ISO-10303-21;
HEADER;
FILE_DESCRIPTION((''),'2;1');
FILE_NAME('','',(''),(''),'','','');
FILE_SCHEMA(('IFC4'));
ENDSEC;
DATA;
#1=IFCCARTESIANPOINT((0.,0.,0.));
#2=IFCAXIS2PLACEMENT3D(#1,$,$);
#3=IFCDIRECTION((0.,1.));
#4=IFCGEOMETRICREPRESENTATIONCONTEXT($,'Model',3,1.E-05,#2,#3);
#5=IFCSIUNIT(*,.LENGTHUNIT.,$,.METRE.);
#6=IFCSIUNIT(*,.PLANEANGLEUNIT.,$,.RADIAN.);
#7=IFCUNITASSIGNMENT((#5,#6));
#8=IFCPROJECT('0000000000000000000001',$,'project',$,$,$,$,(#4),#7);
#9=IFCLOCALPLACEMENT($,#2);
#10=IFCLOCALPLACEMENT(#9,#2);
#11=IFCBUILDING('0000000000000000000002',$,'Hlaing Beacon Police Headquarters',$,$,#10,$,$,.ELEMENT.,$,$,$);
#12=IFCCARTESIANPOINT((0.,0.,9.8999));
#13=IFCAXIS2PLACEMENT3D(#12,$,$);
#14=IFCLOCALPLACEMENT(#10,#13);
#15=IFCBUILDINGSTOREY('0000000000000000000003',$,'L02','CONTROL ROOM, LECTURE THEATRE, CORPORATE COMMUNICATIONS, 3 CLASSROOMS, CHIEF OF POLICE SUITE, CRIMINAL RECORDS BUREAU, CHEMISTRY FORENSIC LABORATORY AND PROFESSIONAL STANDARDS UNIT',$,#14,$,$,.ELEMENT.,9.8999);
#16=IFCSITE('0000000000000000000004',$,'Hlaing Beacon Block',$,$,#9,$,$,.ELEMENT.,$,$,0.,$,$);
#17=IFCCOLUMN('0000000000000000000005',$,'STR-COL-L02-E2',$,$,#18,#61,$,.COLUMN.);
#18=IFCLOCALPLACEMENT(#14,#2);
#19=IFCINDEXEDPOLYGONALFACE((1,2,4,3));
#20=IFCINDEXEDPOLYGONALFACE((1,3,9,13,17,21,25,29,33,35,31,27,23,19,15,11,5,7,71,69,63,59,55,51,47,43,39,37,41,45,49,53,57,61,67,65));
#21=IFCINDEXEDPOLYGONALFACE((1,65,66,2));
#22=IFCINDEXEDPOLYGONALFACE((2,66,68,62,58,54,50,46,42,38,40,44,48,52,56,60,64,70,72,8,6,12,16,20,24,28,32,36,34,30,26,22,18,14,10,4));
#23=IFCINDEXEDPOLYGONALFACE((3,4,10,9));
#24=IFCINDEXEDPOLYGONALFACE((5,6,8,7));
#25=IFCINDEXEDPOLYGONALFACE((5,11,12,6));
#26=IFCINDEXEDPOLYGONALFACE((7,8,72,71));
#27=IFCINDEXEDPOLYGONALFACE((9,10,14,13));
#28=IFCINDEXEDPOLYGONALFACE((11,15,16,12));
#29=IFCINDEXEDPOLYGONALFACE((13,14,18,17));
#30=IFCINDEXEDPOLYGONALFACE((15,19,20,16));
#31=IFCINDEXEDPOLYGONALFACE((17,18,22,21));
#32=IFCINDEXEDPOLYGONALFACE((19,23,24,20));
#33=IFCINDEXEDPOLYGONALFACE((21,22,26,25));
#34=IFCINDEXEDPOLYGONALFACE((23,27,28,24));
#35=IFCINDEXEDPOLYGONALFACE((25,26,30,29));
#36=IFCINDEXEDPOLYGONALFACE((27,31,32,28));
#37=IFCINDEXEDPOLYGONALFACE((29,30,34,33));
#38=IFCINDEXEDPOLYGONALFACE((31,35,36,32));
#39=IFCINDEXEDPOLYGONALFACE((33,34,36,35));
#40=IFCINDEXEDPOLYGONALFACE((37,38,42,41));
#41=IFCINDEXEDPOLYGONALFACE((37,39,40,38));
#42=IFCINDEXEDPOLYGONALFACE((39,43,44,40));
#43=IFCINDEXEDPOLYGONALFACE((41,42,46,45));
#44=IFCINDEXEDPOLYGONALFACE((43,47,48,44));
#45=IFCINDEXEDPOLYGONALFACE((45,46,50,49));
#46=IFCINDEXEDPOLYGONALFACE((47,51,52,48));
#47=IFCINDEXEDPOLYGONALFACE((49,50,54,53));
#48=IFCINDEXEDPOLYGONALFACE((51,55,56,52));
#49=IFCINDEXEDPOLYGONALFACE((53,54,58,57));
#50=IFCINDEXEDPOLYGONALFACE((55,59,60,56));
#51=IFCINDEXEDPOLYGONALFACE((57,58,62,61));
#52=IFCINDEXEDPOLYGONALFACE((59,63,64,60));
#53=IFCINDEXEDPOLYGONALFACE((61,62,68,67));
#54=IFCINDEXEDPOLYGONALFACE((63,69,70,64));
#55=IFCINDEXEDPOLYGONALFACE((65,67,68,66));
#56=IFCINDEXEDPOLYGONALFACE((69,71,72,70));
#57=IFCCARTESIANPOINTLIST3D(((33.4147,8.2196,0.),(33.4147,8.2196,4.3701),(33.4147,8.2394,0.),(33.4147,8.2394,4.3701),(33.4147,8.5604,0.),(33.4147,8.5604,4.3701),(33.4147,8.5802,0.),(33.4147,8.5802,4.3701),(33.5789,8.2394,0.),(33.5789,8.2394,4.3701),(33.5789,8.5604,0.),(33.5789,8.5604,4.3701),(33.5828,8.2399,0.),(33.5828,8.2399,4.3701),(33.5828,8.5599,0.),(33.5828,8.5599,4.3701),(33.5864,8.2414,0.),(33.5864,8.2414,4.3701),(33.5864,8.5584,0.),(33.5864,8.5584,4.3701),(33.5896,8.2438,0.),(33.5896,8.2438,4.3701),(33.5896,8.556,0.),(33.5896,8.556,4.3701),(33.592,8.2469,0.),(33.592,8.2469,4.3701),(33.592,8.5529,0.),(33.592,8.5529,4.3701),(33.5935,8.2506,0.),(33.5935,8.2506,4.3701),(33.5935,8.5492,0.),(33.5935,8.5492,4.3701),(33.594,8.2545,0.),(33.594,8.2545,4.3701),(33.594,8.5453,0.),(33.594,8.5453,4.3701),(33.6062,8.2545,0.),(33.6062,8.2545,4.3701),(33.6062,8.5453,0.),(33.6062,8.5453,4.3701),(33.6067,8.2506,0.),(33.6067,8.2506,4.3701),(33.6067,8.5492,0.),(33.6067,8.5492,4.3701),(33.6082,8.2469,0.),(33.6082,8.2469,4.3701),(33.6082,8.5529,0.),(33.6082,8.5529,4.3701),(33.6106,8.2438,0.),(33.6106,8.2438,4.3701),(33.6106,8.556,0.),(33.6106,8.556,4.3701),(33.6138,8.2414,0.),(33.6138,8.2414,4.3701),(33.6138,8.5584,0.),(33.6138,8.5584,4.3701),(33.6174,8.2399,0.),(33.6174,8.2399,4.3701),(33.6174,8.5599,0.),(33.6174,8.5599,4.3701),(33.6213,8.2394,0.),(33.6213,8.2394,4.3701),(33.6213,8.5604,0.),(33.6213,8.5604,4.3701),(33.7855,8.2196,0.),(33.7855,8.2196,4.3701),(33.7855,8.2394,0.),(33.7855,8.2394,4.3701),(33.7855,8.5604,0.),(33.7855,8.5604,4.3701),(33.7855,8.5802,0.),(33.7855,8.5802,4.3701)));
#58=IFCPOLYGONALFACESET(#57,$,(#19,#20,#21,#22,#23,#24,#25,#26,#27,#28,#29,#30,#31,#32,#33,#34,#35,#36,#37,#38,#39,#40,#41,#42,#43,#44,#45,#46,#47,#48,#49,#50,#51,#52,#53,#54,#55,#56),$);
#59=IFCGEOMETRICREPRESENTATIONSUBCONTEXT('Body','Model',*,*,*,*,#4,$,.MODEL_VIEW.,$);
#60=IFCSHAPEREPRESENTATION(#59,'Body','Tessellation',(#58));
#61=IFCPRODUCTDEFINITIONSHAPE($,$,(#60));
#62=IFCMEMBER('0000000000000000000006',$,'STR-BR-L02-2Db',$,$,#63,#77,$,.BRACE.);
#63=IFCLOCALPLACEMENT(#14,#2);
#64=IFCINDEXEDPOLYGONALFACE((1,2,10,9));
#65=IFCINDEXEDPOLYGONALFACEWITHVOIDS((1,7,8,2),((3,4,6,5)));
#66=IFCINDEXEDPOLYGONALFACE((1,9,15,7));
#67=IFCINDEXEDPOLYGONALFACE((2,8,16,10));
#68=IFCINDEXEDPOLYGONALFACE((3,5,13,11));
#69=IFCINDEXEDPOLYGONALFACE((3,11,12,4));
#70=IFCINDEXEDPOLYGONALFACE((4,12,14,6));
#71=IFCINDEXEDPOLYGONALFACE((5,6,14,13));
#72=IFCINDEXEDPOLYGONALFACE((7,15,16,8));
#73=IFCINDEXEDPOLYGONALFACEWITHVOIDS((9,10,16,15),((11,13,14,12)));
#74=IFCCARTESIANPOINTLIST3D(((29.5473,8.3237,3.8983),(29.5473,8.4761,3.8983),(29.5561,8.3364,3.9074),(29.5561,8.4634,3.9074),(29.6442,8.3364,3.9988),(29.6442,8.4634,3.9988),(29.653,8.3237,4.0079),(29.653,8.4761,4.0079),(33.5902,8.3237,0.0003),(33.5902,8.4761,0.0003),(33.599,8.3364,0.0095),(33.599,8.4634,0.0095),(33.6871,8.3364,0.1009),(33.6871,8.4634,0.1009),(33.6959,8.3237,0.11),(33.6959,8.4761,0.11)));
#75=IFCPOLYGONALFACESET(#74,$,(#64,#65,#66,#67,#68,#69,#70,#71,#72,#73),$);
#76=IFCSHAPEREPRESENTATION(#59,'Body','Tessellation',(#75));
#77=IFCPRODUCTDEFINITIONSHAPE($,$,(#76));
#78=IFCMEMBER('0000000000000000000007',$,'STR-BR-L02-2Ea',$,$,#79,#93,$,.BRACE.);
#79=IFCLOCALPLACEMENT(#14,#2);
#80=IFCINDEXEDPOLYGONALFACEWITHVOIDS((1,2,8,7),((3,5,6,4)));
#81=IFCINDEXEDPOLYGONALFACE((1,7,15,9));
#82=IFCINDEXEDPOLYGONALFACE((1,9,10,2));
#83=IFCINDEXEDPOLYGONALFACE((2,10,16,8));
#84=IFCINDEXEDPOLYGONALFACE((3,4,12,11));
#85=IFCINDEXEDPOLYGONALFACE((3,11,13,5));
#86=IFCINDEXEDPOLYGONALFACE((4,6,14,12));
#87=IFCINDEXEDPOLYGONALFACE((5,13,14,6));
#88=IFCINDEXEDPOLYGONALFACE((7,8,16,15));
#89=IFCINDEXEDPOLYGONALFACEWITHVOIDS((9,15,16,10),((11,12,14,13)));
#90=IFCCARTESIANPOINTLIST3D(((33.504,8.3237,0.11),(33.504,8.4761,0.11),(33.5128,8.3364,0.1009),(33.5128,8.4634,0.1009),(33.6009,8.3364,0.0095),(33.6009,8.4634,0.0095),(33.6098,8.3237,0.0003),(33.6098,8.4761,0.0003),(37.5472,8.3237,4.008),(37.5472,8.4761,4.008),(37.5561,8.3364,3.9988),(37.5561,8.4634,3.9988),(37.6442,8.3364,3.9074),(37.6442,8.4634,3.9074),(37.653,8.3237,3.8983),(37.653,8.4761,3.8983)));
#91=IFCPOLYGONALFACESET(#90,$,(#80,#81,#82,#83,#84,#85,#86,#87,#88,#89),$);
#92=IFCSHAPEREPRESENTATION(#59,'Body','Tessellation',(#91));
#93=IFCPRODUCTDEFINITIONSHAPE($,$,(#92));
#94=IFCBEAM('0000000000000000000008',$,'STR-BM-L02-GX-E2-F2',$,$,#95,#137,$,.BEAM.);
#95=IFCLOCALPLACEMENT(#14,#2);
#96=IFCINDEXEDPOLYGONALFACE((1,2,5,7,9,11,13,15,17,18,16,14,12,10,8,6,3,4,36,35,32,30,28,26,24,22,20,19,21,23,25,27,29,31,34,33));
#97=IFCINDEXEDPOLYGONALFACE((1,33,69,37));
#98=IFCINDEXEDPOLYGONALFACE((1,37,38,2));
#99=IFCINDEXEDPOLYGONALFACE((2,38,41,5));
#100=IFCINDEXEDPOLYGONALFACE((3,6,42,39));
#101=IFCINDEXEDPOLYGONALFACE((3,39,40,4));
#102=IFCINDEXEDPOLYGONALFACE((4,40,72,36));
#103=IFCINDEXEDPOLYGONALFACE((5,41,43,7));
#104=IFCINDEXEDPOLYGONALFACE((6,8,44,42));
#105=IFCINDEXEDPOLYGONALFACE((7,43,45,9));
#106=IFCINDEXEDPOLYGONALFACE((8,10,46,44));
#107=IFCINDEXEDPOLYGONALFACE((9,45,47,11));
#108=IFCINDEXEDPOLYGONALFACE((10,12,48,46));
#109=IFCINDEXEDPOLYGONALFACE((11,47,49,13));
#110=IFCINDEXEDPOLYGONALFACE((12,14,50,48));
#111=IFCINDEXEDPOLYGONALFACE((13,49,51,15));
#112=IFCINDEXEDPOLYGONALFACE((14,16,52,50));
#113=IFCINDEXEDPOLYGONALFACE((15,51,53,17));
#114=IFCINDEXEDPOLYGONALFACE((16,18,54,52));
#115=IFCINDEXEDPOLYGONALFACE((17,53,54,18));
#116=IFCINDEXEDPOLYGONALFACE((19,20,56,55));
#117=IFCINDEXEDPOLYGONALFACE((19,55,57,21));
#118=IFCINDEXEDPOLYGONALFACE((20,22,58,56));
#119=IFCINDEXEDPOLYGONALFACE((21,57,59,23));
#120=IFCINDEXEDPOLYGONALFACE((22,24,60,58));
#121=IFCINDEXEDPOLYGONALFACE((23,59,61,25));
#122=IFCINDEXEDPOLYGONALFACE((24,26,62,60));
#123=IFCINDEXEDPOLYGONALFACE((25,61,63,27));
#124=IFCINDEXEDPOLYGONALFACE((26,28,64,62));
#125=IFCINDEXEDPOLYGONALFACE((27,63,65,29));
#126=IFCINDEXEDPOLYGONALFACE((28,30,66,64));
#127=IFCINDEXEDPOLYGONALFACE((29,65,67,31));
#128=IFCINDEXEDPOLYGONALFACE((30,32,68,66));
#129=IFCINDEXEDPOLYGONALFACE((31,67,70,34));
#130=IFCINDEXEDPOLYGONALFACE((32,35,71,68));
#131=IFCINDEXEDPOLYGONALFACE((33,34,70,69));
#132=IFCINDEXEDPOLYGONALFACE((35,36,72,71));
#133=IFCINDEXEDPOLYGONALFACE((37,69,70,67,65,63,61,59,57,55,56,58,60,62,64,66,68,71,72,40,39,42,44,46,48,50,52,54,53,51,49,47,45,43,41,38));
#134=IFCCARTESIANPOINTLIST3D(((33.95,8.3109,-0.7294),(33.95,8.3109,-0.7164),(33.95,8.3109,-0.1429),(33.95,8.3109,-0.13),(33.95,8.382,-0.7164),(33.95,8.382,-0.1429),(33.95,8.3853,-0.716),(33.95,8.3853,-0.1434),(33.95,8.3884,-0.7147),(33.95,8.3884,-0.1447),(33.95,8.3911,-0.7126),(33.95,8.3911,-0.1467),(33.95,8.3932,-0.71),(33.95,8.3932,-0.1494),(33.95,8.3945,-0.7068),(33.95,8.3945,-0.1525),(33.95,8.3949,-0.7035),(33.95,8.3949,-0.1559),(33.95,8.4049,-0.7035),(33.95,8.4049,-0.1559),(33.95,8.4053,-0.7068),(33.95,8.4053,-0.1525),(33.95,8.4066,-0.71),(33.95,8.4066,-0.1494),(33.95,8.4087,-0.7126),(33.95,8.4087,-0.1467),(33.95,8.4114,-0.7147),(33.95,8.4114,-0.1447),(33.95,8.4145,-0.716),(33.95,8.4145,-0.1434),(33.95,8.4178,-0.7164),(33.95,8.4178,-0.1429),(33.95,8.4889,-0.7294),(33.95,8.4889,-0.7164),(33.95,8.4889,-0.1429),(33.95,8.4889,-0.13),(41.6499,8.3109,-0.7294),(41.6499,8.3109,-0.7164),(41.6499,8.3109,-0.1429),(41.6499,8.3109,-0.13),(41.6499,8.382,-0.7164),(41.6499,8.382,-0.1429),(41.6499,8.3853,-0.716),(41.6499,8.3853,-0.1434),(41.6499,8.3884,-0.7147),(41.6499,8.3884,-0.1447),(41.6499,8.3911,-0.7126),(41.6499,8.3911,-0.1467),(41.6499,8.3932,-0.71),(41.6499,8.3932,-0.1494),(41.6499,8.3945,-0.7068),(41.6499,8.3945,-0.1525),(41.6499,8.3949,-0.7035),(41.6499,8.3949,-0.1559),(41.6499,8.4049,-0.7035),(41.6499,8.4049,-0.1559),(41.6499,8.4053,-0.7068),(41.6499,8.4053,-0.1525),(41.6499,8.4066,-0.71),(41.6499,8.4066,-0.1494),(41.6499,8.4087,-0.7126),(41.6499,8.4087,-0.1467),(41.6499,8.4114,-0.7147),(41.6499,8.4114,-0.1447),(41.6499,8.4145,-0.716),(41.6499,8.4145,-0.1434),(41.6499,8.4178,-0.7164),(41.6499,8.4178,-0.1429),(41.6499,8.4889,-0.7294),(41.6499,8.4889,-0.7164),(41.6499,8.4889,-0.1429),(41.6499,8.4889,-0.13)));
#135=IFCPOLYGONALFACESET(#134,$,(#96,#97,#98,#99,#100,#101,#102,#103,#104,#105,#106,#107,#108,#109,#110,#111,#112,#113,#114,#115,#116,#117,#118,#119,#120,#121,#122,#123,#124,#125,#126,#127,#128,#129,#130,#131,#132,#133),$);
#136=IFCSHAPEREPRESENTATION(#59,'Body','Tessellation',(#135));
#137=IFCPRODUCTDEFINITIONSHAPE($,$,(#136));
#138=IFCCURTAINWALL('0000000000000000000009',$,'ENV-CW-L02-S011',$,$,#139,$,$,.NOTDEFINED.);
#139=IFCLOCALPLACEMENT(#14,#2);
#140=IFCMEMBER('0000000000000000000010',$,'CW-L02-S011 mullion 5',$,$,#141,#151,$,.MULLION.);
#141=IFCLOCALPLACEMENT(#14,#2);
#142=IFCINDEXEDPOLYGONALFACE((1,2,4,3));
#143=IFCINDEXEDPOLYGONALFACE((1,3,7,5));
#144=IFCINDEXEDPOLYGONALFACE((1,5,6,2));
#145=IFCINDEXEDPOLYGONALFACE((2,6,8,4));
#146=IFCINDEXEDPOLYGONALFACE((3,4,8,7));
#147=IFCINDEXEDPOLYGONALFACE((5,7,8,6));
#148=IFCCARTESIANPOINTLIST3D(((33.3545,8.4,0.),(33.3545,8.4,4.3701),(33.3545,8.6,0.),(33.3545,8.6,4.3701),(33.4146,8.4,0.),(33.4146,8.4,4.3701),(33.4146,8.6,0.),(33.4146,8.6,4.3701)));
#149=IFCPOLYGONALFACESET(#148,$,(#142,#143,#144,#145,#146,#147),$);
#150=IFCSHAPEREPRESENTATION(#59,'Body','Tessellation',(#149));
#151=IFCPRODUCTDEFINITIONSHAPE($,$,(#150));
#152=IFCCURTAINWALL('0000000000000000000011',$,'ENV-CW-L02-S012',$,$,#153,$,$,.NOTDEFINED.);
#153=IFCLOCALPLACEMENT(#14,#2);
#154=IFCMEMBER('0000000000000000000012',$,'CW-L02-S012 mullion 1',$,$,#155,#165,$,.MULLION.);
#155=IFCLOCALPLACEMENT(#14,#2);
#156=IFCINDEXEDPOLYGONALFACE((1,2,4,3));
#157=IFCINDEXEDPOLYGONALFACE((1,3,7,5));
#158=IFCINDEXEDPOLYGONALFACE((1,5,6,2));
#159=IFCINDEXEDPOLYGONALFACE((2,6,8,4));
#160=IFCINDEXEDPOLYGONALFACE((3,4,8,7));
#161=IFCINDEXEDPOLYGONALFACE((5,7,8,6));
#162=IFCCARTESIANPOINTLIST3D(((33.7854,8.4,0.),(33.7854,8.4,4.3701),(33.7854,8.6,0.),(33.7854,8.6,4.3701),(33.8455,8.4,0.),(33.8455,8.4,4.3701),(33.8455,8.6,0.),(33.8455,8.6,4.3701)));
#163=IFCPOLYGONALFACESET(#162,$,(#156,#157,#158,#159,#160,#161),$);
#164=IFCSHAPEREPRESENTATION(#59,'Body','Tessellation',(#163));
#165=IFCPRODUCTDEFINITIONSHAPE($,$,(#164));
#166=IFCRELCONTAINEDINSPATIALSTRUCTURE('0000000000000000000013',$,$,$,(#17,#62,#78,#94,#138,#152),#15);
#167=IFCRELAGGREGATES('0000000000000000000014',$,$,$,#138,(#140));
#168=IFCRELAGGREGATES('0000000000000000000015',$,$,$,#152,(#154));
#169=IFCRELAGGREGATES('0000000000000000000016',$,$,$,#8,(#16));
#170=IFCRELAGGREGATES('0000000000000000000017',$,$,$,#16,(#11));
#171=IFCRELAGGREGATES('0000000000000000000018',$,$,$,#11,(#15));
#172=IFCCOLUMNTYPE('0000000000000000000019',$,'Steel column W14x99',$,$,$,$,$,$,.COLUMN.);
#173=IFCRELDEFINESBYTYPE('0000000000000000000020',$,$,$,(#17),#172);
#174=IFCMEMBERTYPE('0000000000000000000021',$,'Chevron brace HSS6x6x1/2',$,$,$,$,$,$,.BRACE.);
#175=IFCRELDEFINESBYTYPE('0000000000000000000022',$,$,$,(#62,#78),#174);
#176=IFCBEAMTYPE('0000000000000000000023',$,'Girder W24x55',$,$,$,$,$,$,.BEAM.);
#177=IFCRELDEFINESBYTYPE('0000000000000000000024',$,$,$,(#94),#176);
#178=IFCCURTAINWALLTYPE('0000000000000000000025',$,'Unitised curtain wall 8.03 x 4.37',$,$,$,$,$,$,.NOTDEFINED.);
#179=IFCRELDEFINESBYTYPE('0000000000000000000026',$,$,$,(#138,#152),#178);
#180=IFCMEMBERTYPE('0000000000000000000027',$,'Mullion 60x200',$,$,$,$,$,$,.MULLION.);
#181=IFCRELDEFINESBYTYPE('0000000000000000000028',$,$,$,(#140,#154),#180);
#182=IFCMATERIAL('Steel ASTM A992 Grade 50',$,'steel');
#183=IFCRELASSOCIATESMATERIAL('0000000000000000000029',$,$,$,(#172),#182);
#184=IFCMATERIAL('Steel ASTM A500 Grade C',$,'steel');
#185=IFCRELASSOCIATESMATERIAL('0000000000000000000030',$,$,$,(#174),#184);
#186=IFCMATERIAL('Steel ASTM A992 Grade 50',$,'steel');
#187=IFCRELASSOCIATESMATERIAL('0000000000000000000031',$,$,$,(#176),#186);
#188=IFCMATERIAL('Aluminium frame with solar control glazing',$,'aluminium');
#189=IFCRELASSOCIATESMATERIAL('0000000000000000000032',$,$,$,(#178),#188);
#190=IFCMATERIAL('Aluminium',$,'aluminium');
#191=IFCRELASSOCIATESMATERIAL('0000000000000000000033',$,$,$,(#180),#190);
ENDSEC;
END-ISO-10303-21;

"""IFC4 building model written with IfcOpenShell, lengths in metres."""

from ifc_helpers import new_model, si_unit, direction, frame, origin, origin_2d, place, context, subcontext, project, spatial, rectangle, hollow_rectangle, i_section, extrude, material, material_profile, profile_set, type_object, element, aggregate, save


model = new_model("IFC4")

# Units and contexts
model_context = context("Model", 3, precision=1e-05, world=origin(), true_north=direction((0.0, 1.0)))
body_context = subcontext(model_context, "Body", "Model", "MODEL_VIEW")
ifc_project = project(units=[si_unit("LENGTHUNIT", "METRE"), si_unit("PLANEANGLEUNIT", "RADIAN")], contexts=[model_context])

# Site, building, storey
site_placement = place(None, origin())
site = spatial("IfcSite", under=ifc_project, at=site_placement, Name="Hlaing Beacon Block", CompositionType="ELEMENT", RefElevation=0.0)
building_placement = place(site_placement, origin())
building = spatial("IfcBuilding", under=site, at=building_placement, Name="Hlaing Beacon Police Headquarters", CompositionType="ELEMENT")
storey_placement = place(building_placement, frame((0.0, 0.0, 9.8999)))
storey = spatial("IfcBuildingStorey", under=building, at=storey_placement, Name="L02", Description="CONTROL ROOM, LECTURE THEATRE, CORPORATE COMMUNICATIONS, 3 CLASSROOMS, CHIEF OF POLICE SUITE, CRIMINAL RECORDS BUREAU, CHEMISTRY FORENSIC LABORATORY AND PROFESSIONAL STANDARDS UNIT", CompositionType="ELEMENT", Elevation=9.8999)

# Column
ifc_material_1 = material(Name="Steel ASTM A992 Grade 50", Category="steel")
ifc_material_profile_1 = material_profile(ifc_material_1, i_section(OverallWidth=0.3708, OverallDepth=0.3606, WebThickness=0.0122, FlangeThickness=0.0198, FilletRadius=0.0151, at=origin_2d()), Name="W14x99")
ifc_profile_set_1 = profile_set([ifc_material_profile_1], Name="Steel ASTM A992 Grade 50")
column_type = type_object("IfcColumnType", Name="Steel column W14x99", PredefinedType="COLUMN", material=ifc_profile_set_1)
column_placement = place(storey_placement, frame((33.6001, 8.3999, 0.0), z_axis=(0.0, 0.0, 1.0), x_axis=(1.0, 0.0, 0.0)))
element("IfcColumn", 1, at=column_placement, inside=storey, type_object=column_type, Name="STR-COL-L02-E2", PredefinedType="COLUMN", context=body_context, shape_type="SweptSolid", body=[
    extrude(i_section(OverallWidth=0.3708, OverallDepth=0.3606, WebThickness=0.0122, FlangeThickness=0.0198, FilletRadius=0.0151, at=origin_2d()), origin(), (0.0, 0.0, 1.0), 4.3701),
])

# Members
ifc_material_2 = material(Name="Steel ASTM A500 Grade C", Category="steel")
ifc_material_profile_2 = material_profile(ifc_material_2, hollow_rectangle(XDim=0.1523, YDim=0.1523, WallThickness=0.0127, at=origin_2d()), Name="HSS6x6x1/2")
ifc_profile_set_2 = profile_set([ifc_material_profile_2], Name="Steel ASTM A500 Grade C")
member_type_1 = type_object("IfcMemberType", Name="Chevron brace HSS6x6x1/2", PredefinedType="BRACE", material=ifc_profile_set_2)
member_1_placement = place(storey_placement, frame((33.6431, 8.3999, 0.0552), z_axis=(-0.7199, 0.0, 0.694078), x_axis=(0.0, -1.0, 0.0)))
element("IfcMember", 2, at=member_1_placement, inside=storey, type_object=member_type_1, Name="STR-BR-L02-2Db", PredefinedType="BRACE", context=body_context, shape_type="SweptSolid", body=[
    extrude(hollow_rectangle(XDim=0.1523, YDim=0.1523, WallThickness=0.0127, at=origin_2d()), origin(), (0.0, 0.0, 1.0), 5.616),
])
member_2_placement = place(storey_placement, frame((33.5569, 8.3999, 0.0552), z_axis=(0.719921, 0.0, 0.694056), x_axis=(0.0, 1.0, 0.0)))
element("IfcMember", 3, at=member_2_placement, inside=storey, type_object=member_type_1, Name="STR-BR-L02-2Ea", PredefinedType="BRACE", context=body_context, shape_type="SweptSolid", body=[
    extrude(hollow_rectangle(XDim=0.1523, YDim=0.1523, WallThickness=0.0127, at=origin_2d()), origin(), (0.0, 0.0, 1.0), 5.6162),
])

# Beam
ifc_material_3 = material(Name="Steel ASTM A992 Grade 50", Category="steel")
ifc_material_profile_3 = material_profile(ifc_material_3, i_section(OverallWidth=0.178, OverallDepth=0.5994, WebThickness=0.01, FlangeThickness=0.0129, FilletRadius=0.0129, at=origin_2d()), Name="W24x55")
ifc_profile_set_3 = profile_set([ifc_material_profile_3], Name="Steel ASTM A992 Grade 50")
beam_type_1 = type_object("IfcBeamType", Name="Girder W24x55", PredefinedType="BEAM", material=ifc_profile_set_3)
beam_1_placement = place(storey_placement, frame((33.95, 8.3999, -0.4297), z_axis=(1.0, 0.0, 0.0), x_axis=(0.0, 1.0, 0.0)))
element("IfcBeam", 4, at=beam_1_placement, inside=storey, type_object=beam_type_1, Name="STR-BM-L02-GX-E2-F2", PredefinedType="BEAM", context=body_context, shape_type="SweptSolid", body=[
    extrude(i_section(OverallWidth=0.178, OverallDepth=0.5994, WebThickness=0.01, FlangeThickness=0.0129, FilletRadius=0.0129, at=origin_2d()), origin(), (0.0, 0.0, 1.0), 7.7),
])

# Curtain walls, members
ifc_material_4 = material(Name="Aluminium frame with solar control glazing", Category="aluminium")
curtain_wall_type = type_object("IfcCurtainWallType", Name="Unitised curtain wall 8.03 x 4.37", PredefinedType="NOTDEFINED", material=ifc_material_4)
curtain_wall_1_placement = place(storey_placement, origin())
curtain_wall_1 = element("IfcCurtainWall", 5, at=curtain_wall_1_placement, inside=storey, type_object=curtain_wall_type, Name="ENV-CW-L02-S011", PredefinedType="NOTDEFINED")
ifc_material_5 = material(Name="Aluminium", Category="aluminium")
ifc_material_profile_4 = material_profile(ifc_material_5, rectangle(XDim=0.2, YDim=0.0601, at=origin_2d()), Name="Mullion 60x200")
ifc_profile_set_4 = profile_set([ifc_material_profile_4], Name="Aluminium")
member_type_2 = type_object("IfcMemberType", Name="Mullion 60x200", PredefinedType="MULLION", material=ifc_profile_set_4)
member_3_placement = place(storey_placement, frame((33.3845, 8.5, 0.0), z_axis=(0.0, 0.0, 1.0), x_axis=(0.0, 1.0, 0.0)))
member_3 = element("IfcMember", 6, at=member_3_placement, type_object=member_type_2, Name="CW-L02-S011 mullion 5", PredefinedType="MULLION", context=body_context, shape_type="SweptSolid", body=[
    extrude(rectangle(XDim=0.2, YDim=0.0601, at=origin_2d()), origin(), (0.0, 0.0, 1.0), 4.3701),
])
curtain_wall_2_placement = place(storey_placement, origin())
curtain_wall_2 = element("IfcCurtainWall", 7, at=curtain_wall_2_placement, inside=storey, type_object=curtain_wall_type, Name="ENV-CW-L02-S012", PredefinedType="NOTDEFINED")
member_4_placement = place(storey_placement, frame((33.8154, 8.5, 0.0), z_axis=(0.0, 0.0, 1.0), x_axis=(0.0, 1.0, 0.0)))
member_4 = element("IfcMember", 8, at=member_4_placement, type_object=member_type_2, Name="CW-L02-S012 mullion 1", PredefinedType="MULLION", context=body_context, shape_type="SweptSolid", body=[
    extrude(rectangle(XDim=0.2, YDim=0.0601, at=origin_2d()), origin(), (0.0, 0.0, 1.0), 4.3701),
])

aggregate(curtain_wall_1, [member_3])
aggregate(curtain_wall_2, [member_4])

save(model, "model.ifc")
